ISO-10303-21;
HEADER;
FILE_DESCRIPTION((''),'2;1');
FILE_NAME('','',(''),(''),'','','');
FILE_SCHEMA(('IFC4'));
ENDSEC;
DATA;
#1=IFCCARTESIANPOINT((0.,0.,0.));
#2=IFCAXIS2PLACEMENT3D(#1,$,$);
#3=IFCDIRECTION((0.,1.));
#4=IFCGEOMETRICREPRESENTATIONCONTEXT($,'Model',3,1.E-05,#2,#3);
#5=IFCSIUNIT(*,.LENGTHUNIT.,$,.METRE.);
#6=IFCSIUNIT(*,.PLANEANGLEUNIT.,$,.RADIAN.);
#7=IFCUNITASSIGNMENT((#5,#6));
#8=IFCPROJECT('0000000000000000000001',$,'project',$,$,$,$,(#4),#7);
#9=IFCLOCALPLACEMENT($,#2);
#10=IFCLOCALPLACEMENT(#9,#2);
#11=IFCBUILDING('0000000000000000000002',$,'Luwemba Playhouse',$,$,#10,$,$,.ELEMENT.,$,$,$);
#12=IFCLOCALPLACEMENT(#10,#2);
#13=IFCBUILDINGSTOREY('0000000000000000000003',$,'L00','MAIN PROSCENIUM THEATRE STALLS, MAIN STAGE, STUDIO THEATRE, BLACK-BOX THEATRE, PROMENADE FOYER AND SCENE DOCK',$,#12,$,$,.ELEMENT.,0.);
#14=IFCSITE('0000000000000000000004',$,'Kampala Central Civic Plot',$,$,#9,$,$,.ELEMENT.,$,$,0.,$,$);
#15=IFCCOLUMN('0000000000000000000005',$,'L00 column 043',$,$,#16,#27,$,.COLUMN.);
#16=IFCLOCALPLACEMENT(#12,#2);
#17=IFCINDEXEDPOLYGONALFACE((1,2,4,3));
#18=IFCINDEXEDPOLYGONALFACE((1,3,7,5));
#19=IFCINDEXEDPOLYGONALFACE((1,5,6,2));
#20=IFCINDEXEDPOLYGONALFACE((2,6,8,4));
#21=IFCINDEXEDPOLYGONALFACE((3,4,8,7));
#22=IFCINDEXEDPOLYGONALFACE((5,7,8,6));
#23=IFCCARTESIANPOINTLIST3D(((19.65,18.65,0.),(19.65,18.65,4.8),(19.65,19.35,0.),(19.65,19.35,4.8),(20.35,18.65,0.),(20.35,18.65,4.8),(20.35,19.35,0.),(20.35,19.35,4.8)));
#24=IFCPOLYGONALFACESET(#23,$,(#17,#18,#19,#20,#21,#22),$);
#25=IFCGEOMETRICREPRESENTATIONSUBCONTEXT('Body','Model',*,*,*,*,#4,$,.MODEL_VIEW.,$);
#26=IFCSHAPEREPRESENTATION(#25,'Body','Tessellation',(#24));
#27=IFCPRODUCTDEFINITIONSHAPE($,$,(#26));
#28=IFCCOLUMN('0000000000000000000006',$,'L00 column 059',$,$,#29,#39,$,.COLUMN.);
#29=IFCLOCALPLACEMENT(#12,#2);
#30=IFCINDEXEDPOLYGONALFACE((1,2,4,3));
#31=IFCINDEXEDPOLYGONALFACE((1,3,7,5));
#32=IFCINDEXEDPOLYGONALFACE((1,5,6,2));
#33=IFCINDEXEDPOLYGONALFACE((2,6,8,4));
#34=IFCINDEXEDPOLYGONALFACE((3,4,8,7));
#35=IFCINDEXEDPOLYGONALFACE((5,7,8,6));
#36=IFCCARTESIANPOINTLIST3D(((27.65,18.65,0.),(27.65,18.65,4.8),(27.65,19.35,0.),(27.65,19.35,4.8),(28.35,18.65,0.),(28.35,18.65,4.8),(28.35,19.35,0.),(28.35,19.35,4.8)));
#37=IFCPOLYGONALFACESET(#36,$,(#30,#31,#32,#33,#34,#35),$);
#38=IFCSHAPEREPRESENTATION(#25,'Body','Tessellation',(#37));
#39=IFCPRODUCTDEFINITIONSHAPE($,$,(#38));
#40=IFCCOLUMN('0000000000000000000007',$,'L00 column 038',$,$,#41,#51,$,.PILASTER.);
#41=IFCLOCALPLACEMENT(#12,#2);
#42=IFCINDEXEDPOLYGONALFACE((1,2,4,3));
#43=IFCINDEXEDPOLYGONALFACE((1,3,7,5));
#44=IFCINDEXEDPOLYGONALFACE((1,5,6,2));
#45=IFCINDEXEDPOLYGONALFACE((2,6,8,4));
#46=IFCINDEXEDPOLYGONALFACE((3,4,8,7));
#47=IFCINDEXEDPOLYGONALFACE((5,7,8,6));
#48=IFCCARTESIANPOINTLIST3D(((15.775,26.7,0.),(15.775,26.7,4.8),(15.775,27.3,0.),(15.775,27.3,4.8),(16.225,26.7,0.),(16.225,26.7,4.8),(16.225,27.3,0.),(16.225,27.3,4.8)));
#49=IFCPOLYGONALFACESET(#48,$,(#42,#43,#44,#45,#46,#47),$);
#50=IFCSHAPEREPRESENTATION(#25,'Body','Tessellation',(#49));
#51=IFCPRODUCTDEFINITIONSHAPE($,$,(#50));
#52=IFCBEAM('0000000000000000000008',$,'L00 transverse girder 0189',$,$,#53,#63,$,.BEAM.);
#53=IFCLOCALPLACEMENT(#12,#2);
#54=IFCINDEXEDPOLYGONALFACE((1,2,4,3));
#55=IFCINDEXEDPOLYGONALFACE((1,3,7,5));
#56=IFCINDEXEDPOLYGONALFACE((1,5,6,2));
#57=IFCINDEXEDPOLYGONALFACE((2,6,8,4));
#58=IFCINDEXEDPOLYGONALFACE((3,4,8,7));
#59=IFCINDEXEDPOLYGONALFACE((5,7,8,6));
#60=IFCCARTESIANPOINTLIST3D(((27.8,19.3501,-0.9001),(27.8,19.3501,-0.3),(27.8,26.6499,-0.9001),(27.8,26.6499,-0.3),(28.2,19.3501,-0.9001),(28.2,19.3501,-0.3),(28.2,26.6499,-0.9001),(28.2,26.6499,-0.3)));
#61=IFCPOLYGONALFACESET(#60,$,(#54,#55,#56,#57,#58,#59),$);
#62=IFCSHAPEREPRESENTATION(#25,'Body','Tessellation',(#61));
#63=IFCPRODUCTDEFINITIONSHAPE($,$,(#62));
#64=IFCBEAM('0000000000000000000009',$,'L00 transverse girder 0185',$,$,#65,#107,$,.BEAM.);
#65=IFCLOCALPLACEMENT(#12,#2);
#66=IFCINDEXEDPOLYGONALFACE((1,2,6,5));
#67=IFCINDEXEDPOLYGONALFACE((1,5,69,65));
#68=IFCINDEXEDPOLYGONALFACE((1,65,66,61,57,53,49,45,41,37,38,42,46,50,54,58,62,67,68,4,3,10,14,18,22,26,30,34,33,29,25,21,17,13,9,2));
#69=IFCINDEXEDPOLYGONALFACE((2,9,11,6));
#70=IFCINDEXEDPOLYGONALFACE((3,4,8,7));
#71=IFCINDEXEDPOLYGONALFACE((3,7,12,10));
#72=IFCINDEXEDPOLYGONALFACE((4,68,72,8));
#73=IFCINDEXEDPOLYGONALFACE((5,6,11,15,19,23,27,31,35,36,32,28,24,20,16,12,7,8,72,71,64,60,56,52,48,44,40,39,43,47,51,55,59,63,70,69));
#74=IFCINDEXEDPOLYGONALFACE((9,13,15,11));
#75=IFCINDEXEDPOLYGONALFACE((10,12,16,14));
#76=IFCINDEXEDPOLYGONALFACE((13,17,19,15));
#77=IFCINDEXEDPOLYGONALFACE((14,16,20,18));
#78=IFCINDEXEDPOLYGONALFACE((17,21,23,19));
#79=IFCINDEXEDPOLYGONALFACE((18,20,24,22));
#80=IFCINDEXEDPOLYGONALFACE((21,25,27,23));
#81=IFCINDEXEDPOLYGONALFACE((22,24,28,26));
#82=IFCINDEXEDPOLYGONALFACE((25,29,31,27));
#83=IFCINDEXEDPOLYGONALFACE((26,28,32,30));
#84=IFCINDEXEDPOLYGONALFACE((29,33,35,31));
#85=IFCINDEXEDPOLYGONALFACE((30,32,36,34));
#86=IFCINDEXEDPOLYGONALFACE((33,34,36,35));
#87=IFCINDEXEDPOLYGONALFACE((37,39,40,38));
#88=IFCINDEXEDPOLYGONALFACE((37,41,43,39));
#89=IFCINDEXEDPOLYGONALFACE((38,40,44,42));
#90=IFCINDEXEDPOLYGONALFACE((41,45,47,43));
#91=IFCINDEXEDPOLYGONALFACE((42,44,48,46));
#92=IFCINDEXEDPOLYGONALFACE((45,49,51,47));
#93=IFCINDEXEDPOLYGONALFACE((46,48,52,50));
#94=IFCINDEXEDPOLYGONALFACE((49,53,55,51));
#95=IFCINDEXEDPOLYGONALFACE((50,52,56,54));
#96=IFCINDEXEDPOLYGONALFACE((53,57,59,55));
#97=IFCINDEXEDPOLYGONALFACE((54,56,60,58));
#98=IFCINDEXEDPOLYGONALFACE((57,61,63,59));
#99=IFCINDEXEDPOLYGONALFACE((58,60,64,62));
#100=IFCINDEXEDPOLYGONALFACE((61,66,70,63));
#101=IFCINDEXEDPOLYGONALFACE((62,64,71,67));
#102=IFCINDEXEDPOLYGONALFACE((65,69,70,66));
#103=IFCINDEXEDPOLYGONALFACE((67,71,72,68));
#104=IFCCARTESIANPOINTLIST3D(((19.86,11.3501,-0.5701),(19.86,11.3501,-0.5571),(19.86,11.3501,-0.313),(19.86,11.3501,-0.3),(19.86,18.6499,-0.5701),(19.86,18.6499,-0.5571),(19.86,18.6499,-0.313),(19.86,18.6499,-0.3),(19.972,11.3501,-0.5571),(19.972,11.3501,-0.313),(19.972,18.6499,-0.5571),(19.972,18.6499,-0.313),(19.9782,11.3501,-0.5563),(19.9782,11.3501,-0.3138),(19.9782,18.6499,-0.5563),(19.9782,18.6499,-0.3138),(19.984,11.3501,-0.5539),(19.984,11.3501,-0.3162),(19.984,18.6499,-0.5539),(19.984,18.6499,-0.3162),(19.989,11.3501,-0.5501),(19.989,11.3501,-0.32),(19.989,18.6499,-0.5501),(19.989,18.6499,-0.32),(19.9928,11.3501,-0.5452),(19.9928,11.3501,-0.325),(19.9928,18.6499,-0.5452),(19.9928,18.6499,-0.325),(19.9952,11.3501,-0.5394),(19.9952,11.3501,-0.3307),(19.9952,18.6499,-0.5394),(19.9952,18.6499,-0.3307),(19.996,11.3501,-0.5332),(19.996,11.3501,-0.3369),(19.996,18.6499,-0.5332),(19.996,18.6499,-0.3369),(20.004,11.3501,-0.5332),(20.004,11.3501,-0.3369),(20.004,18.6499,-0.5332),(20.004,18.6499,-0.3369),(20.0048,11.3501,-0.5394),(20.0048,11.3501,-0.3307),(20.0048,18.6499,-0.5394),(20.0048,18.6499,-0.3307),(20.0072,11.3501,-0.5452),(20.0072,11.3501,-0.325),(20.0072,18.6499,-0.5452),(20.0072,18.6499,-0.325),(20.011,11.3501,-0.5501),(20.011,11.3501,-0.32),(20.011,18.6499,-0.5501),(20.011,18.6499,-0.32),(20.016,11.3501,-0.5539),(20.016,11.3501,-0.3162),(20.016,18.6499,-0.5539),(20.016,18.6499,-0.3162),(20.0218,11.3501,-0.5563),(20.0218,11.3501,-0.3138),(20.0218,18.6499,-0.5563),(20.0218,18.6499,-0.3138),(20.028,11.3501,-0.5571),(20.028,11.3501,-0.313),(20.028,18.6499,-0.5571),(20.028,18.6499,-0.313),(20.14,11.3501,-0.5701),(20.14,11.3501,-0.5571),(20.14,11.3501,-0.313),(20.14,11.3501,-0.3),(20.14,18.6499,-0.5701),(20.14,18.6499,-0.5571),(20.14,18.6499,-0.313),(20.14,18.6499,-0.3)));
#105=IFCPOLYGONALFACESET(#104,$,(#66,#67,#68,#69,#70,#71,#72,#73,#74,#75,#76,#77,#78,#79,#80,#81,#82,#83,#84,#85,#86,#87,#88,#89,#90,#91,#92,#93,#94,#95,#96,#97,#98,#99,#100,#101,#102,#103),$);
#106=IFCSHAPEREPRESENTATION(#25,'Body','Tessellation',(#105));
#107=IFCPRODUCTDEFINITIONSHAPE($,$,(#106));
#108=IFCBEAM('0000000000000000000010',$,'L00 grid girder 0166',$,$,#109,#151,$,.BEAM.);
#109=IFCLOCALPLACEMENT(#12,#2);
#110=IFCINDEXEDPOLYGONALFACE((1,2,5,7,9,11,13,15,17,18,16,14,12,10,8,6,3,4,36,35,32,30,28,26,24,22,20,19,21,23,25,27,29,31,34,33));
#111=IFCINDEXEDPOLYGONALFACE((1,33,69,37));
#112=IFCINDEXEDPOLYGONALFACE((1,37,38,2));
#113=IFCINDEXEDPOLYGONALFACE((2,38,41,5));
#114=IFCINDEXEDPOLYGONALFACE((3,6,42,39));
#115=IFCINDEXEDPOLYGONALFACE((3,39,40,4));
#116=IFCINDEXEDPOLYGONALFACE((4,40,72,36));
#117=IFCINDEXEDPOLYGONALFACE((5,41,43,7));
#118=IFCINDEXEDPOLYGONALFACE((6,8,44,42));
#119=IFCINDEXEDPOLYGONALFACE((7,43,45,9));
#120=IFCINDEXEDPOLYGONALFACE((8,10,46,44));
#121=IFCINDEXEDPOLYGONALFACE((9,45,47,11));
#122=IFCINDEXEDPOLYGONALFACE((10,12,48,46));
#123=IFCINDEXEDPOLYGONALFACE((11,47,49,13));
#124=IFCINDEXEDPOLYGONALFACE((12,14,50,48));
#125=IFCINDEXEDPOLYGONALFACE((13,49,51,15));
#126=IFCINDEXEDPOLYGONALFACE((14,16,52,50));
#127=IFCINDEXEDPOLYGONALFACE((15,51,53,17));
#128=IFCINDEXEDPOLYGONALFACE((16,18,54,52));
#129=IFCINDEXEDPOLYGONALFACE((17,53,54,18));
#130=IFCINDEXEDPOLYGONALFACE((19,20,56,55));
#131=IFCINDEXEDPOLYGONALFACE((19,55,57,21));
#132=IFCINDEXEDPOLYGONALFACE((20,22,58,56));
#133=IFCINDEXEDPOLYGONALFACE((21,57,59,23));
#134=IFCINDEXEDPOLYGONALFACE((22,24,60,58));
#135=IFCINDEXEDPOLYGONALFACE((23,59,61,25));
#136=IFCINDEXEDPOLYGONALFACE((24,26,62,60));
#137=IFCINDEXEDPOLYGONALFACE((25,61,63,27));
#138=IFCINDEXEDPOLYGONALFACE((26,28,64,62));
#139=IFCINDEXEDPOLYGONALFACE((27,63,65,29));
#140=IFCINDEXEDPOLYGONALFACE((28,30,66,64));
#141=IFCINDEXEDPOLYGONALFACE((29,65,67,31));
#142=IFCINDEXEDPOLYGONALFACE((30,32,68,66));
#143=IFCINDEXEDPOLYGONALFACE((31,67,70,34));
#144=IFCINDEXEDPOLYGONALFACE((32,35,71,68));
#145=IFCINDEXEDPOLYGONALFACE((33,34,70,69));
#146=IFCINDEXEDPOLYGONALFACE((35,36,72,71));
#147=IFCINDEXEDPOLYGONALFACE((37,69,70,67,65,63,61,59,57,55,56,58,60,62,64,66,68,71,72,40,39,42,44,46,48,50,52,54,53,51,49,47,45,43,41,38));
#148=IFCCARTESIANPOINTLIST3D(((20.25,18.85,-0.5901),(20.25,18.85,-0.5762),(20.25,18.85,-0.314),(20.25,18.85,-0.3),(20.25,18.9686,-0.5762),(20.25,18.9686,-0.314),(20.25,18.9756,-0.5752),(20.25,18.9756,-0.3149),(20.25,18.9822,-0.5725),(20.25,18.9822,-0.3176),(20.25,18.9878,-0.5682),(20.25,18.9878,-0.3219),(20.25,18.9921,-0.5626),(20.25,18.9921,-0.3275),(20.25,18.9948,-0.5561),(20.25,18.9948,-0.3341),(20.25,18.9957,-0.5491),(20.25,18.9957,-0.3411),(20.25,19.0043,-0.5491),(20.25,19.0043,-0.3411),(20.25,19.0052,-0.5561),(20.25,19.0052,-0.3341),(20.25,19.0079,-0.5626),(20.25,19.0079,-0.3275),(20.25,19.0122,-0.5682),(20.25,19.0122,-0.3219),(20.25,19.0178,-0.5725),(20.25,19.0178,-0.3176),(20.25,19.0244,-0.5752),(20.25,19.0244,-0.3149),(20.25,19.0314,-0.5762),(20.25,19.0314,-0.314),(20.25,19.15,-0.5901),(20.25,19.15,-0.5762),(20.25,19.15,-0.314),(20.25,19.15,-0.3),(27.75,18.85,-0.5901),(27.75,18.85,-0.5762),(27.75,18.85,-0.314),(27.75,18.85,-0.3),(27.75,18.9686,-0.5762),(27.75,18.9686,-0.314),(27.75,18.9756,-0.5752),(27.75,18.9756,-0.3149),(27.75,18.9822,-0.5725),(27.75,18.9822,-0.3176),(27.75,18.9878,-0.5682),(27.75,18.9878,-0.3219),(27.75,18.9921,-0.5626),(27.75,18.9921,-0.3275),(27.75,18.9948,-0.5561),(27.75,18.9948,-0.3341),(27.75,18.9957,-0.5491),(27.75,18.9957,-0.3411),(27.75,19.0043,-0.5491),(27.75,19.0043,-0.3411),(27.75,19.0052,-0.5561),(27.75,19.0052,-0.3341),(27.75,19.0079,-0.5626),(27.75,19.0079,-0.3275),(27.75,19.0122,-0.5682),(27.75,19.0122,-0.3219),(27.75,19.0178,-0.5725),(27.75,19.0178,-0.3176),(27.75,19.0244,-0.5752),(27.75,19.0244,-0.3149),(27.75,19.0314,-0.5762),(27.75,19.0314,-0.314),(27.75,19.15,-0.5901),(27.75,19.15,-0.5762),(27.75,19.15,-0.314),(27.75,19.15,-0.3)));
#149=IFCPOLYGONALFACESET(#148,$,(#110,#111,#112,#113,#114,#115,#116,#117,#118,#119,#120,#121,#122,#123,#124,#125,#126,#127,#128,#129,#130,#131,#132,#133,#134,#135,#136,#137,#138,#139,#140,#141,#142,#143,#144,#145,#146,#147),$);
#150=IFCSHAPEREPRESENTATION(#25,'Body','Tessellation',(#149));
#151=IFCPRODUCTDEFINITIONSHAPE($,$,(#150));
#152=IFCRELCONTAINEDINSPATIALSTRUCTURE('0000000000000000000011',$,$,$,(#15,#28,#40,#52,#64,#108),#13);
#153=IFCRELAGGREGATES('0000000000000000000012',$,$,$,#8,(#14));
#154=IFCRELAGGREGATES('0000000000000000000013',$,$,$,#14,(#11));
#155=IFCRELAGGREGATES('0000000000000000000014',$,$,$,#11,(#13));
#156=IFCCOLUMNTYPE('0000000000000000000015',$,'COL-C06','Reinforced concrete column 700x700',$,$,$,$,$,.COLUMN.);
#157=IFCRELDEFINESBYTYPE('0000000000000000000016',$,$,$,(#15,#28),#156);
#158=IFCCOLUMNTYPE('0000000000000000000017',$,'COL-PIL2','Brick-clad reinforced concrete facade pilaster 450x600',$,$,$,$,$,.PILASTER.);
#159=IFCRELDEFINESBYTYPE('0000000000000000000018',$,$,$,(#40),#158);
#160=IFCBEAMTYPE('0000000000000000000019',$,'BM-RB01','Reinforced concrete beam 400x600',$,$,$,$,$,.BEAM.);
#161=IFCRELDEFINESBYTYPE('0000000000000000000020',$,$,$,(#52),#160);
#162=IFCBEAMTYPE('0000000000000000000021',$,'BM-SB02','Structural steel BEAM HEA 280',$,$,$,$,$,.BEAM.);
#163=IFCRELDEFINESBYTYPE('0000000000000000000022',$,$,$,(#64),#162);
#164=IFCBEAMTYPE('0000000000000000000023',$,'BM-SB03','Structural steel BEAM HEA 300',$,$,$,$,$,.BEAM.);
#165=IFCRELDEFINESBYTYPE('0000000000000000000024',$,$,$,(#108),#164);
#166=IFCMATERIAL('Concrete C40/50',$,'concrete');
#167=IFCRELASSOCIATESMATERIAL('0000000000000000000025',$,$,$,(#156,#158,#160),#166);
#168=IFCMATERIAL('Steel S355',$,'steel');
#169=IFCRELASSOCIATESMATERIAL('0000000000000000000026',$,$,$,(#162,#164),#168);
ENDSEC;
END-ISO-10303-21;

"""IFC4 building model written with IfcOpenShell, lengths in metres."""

from ifc_helpers import new_model, si_unit, direction, frame, origin, origin_2d, place, context, subcontext, project, spatial, rectangle, i_section, extrude, material, material_profile, profile_set, type_object, element, save


model = new_model("IFC4")

# Units and contexts
model_context = context("Model", 3, precision=1e-05, world=origin(), true_north=direction((0.0, 1.0)))
body_context = subcontext(model_context, "Body", "Model", "MODEL_VIEW")
ifc_project = project(units=[si_unit("LENGTHUNIT", "METRE"), si_unit("PLANEANGLEUNIT", "RADIAN")], contexts=[model_context])

# Site, building, storey
site_placement = place(None, origin())
site = spatial("IfcSite", under=ifc_project, at=site_placement, Name="Kampala Central Civic Plot", CompositionType="ELEMENT", RefElevation=0.0)
building_placement = place(site_placement, origin())
building = spatial("IfcBuilding", under=site, at=building_placement, Name="Luwemba Playhouse", CompositionType="ELEMENT")
storey_placement = place(building_placement, origin())
storey = spatial("IfcBuildingStorey", under=building, at=storey_placement, Name="L00", Description="MAIN PROSCENIUM THEATRE STALLS, MAIN STAGE, STUDIO THEATRE, BLACK-BOX THEATRE, PROMENADE FOYER AND SCENE DOCK", CompositionType="ELEMENT", Elevation=0.0)

# Columns
ifc_material_1 = material(Name="Concrete C40/50", Category="concrete")
ifc_material_profile_1 = material_profile(ifc_material_1, rectangle(XDim=0.7, YDim=0.7, at=origin_2d()))
ifc_profile_set_1 = profile_set([ifc_material_profile_1], Name="Concrete C40/50")
column_type_1 = type_object("IfcColumnType", Name="COL-C06", Description="Reinforced concrete column 700x700", PredefinedType="COLUMN", material=ifc_profile_set_1)
for number, where, z_axis, x_axis, name in (
    (1, (20.0, 19.0, 0.0), (0.0, 0.0, 1.0), (1.0, 0.0, 0.0), "L00 column 043"),
    (2, (28.0, 19.0, 0.0), (0.0, 0.0, 1.0), (1.0, 0.0, 0.0), "L00 column 059"),
):
    element("IfcColumn", number, at=place(storey_placement, frame(where, z_axis=z_axis, x_axis=x_axis)), inside=storey, type_object=column_type_1, Name=name, PredefinedType="COLUMN", context=body_context, shape_type="SweptSolid", body=[
        extrude(rectangle(XDim=0.7, YDim=0.7, at=origin_2d()), origin(), (0.0, 0.0, 1.0), 4.8),
    ])
ifc_material_profile_2 = material_profile(ifc_material_1, rectangle(XDim=0.45, YDim=0.6001, at=origin_2d()))
ifc_profile_set_2 = profile_set([ifc_material_profile_2], Name="Concrete C40/50")
column_type_2 = type_object("IfcColumnType", Name="COL-PIL2", Description="Brick-clad reinforced concrete facade pilaster 450x600", PredefinedType="PILASTER", material=ifc_profile_set_2)
column_placement = place(storey_placement, frame((16.0, 27.0, 0.0), z_axis=(0.0, 0.0, 1.0), x_axis=(1.0, 0.0, 0.0)))
element("IfcColumn", 3, at=column_placement, inside=storey, type_object=column_type_2, Name="L00 column 038", PredefinedType="PILASTER", context=body_context, shape_type="SweptSolid", body=[
    extrude(rectangle(XDim=0.45, YDim=0.6001, at=origin_2d()), origin(), (0.0, 0.0, 1.0), 4.8),
])

# Beams
ifc_material_profile_3 = material_profile(ifc_material_1, rectangle(XDim=0.3999, YDim=0.6001, at=origin_2d()))
ifc_profile_set_3 = profile_set([ifc_material_profile_3], Name="Concrete C40/50")
beam_type_1 = type_object("IfcBeamType", Name="BM-RB01", Description="Reinforced concrete beam 400x600", PredefinedType="BEAM", material=ifc_profile_set_3)
beam_1_placement = place(storey_placement, frame((28.0, 19.3501, -0.6001), z_axis=(0.0, 1.0, 0.0), x_axis=(-1.0, 0.0, 0.0)))
element("IfcBeam", 4, at=beam_1_placement, inside=storey, type_object=beam_type_1, Name="L00 transverse girder 0189", PredefinedType="BEAM", context=body_context, shape_type="SweptSolid", body=[
    extrude(rectangle(XDim=0.3999, YDim=0.6001, at=origin_2d()), origin(), (0.0, 0.0, 1.0), 7.2998),
])
ifc_material_2 = material(Name="Steel S355", Category="steel")
ifc_material_profile_4 = material_profile(ifc_material_2, i_section(OverallWidth=0.28, OverallDepth=0.27, WebThickness=0.0081, FlangeThickness=0.0129, FilletRadius=0.0239, at=origin_2d()))
ifc_profile_set_4 = profile_set([ifc_material_profile_4], Name="Steel S355")
beam_type_2 = type_object("IfcBeamType", Name="BM-SB02", Description="Structural steel BEAM HEA 280", PredefinedType="BEAM", material=ifc_profile_set_4)
beam_2_placement = place(storey_placement, frame((20.0, 11.3501, -0.4351), z_axis=(0.0, 1.0, 0.0), x_axis=(-1.0, 0.0, 0.0)))
element("IfcBeam", 5, at=beam_2_placement, inside=storey, type_object=beam_type_2, Name="L00 transverse girder 0185", PredefinedType="BEAM", context=body_context, shape_type="SweptSolid", body=[
    extrude(i_section(OverallWidth=0.28, OverallDepth=0.27, WebThickness=0.0081, FlangeThickness=0.0129, FilletRadius=0.0239, at=origin_2d()), origin(), (0.0, 0.0, 1.0), 7.2998),
])
ifc_material_profile_5 = material_profile(ifc_material_2, i_section(OverallWidth=0.3, OverallDepth=0.29, WebThickness=0.0085, FlangeThickness=0.0139, FilletRadius=0.0271, at=origin_2d()))
ifc_profile_set_5 = profile_set([ifc_material_profile_5], Name="Steel S355")
beam_type_3 = type_object("IfcBeamType", Name="BM-SB03", Description="Structural steel BEAM HEA 300", PredefinedType="BEAM", material=ifc_profile_set_5)
beam_3_placement = place(storey_placement, frame((20.25, 19.0, -0.4451), z_axis=(1.0, 0.0, 0.0), x_axis=(0.0, 1.0, 0.0)))
element("IfcBeam", 6, at=beam_3_placement, inside=storey, type_object=beam_type_3, Name="L00 grid girder 0166", PredefinedType="BEAM", context=body_context, shape_type="SweptSolid", body=[
    extrude(i_section(OverallWidth=0.3, OverallDepth=0.29, WebThickness=0.0085, FlangeThickness=0.0139, FilletRadius=0.0271, at=origin_2d()), origin(), (0.0, 0.0, 1.0), 7.5),
])

save(model, "model.ifc")
